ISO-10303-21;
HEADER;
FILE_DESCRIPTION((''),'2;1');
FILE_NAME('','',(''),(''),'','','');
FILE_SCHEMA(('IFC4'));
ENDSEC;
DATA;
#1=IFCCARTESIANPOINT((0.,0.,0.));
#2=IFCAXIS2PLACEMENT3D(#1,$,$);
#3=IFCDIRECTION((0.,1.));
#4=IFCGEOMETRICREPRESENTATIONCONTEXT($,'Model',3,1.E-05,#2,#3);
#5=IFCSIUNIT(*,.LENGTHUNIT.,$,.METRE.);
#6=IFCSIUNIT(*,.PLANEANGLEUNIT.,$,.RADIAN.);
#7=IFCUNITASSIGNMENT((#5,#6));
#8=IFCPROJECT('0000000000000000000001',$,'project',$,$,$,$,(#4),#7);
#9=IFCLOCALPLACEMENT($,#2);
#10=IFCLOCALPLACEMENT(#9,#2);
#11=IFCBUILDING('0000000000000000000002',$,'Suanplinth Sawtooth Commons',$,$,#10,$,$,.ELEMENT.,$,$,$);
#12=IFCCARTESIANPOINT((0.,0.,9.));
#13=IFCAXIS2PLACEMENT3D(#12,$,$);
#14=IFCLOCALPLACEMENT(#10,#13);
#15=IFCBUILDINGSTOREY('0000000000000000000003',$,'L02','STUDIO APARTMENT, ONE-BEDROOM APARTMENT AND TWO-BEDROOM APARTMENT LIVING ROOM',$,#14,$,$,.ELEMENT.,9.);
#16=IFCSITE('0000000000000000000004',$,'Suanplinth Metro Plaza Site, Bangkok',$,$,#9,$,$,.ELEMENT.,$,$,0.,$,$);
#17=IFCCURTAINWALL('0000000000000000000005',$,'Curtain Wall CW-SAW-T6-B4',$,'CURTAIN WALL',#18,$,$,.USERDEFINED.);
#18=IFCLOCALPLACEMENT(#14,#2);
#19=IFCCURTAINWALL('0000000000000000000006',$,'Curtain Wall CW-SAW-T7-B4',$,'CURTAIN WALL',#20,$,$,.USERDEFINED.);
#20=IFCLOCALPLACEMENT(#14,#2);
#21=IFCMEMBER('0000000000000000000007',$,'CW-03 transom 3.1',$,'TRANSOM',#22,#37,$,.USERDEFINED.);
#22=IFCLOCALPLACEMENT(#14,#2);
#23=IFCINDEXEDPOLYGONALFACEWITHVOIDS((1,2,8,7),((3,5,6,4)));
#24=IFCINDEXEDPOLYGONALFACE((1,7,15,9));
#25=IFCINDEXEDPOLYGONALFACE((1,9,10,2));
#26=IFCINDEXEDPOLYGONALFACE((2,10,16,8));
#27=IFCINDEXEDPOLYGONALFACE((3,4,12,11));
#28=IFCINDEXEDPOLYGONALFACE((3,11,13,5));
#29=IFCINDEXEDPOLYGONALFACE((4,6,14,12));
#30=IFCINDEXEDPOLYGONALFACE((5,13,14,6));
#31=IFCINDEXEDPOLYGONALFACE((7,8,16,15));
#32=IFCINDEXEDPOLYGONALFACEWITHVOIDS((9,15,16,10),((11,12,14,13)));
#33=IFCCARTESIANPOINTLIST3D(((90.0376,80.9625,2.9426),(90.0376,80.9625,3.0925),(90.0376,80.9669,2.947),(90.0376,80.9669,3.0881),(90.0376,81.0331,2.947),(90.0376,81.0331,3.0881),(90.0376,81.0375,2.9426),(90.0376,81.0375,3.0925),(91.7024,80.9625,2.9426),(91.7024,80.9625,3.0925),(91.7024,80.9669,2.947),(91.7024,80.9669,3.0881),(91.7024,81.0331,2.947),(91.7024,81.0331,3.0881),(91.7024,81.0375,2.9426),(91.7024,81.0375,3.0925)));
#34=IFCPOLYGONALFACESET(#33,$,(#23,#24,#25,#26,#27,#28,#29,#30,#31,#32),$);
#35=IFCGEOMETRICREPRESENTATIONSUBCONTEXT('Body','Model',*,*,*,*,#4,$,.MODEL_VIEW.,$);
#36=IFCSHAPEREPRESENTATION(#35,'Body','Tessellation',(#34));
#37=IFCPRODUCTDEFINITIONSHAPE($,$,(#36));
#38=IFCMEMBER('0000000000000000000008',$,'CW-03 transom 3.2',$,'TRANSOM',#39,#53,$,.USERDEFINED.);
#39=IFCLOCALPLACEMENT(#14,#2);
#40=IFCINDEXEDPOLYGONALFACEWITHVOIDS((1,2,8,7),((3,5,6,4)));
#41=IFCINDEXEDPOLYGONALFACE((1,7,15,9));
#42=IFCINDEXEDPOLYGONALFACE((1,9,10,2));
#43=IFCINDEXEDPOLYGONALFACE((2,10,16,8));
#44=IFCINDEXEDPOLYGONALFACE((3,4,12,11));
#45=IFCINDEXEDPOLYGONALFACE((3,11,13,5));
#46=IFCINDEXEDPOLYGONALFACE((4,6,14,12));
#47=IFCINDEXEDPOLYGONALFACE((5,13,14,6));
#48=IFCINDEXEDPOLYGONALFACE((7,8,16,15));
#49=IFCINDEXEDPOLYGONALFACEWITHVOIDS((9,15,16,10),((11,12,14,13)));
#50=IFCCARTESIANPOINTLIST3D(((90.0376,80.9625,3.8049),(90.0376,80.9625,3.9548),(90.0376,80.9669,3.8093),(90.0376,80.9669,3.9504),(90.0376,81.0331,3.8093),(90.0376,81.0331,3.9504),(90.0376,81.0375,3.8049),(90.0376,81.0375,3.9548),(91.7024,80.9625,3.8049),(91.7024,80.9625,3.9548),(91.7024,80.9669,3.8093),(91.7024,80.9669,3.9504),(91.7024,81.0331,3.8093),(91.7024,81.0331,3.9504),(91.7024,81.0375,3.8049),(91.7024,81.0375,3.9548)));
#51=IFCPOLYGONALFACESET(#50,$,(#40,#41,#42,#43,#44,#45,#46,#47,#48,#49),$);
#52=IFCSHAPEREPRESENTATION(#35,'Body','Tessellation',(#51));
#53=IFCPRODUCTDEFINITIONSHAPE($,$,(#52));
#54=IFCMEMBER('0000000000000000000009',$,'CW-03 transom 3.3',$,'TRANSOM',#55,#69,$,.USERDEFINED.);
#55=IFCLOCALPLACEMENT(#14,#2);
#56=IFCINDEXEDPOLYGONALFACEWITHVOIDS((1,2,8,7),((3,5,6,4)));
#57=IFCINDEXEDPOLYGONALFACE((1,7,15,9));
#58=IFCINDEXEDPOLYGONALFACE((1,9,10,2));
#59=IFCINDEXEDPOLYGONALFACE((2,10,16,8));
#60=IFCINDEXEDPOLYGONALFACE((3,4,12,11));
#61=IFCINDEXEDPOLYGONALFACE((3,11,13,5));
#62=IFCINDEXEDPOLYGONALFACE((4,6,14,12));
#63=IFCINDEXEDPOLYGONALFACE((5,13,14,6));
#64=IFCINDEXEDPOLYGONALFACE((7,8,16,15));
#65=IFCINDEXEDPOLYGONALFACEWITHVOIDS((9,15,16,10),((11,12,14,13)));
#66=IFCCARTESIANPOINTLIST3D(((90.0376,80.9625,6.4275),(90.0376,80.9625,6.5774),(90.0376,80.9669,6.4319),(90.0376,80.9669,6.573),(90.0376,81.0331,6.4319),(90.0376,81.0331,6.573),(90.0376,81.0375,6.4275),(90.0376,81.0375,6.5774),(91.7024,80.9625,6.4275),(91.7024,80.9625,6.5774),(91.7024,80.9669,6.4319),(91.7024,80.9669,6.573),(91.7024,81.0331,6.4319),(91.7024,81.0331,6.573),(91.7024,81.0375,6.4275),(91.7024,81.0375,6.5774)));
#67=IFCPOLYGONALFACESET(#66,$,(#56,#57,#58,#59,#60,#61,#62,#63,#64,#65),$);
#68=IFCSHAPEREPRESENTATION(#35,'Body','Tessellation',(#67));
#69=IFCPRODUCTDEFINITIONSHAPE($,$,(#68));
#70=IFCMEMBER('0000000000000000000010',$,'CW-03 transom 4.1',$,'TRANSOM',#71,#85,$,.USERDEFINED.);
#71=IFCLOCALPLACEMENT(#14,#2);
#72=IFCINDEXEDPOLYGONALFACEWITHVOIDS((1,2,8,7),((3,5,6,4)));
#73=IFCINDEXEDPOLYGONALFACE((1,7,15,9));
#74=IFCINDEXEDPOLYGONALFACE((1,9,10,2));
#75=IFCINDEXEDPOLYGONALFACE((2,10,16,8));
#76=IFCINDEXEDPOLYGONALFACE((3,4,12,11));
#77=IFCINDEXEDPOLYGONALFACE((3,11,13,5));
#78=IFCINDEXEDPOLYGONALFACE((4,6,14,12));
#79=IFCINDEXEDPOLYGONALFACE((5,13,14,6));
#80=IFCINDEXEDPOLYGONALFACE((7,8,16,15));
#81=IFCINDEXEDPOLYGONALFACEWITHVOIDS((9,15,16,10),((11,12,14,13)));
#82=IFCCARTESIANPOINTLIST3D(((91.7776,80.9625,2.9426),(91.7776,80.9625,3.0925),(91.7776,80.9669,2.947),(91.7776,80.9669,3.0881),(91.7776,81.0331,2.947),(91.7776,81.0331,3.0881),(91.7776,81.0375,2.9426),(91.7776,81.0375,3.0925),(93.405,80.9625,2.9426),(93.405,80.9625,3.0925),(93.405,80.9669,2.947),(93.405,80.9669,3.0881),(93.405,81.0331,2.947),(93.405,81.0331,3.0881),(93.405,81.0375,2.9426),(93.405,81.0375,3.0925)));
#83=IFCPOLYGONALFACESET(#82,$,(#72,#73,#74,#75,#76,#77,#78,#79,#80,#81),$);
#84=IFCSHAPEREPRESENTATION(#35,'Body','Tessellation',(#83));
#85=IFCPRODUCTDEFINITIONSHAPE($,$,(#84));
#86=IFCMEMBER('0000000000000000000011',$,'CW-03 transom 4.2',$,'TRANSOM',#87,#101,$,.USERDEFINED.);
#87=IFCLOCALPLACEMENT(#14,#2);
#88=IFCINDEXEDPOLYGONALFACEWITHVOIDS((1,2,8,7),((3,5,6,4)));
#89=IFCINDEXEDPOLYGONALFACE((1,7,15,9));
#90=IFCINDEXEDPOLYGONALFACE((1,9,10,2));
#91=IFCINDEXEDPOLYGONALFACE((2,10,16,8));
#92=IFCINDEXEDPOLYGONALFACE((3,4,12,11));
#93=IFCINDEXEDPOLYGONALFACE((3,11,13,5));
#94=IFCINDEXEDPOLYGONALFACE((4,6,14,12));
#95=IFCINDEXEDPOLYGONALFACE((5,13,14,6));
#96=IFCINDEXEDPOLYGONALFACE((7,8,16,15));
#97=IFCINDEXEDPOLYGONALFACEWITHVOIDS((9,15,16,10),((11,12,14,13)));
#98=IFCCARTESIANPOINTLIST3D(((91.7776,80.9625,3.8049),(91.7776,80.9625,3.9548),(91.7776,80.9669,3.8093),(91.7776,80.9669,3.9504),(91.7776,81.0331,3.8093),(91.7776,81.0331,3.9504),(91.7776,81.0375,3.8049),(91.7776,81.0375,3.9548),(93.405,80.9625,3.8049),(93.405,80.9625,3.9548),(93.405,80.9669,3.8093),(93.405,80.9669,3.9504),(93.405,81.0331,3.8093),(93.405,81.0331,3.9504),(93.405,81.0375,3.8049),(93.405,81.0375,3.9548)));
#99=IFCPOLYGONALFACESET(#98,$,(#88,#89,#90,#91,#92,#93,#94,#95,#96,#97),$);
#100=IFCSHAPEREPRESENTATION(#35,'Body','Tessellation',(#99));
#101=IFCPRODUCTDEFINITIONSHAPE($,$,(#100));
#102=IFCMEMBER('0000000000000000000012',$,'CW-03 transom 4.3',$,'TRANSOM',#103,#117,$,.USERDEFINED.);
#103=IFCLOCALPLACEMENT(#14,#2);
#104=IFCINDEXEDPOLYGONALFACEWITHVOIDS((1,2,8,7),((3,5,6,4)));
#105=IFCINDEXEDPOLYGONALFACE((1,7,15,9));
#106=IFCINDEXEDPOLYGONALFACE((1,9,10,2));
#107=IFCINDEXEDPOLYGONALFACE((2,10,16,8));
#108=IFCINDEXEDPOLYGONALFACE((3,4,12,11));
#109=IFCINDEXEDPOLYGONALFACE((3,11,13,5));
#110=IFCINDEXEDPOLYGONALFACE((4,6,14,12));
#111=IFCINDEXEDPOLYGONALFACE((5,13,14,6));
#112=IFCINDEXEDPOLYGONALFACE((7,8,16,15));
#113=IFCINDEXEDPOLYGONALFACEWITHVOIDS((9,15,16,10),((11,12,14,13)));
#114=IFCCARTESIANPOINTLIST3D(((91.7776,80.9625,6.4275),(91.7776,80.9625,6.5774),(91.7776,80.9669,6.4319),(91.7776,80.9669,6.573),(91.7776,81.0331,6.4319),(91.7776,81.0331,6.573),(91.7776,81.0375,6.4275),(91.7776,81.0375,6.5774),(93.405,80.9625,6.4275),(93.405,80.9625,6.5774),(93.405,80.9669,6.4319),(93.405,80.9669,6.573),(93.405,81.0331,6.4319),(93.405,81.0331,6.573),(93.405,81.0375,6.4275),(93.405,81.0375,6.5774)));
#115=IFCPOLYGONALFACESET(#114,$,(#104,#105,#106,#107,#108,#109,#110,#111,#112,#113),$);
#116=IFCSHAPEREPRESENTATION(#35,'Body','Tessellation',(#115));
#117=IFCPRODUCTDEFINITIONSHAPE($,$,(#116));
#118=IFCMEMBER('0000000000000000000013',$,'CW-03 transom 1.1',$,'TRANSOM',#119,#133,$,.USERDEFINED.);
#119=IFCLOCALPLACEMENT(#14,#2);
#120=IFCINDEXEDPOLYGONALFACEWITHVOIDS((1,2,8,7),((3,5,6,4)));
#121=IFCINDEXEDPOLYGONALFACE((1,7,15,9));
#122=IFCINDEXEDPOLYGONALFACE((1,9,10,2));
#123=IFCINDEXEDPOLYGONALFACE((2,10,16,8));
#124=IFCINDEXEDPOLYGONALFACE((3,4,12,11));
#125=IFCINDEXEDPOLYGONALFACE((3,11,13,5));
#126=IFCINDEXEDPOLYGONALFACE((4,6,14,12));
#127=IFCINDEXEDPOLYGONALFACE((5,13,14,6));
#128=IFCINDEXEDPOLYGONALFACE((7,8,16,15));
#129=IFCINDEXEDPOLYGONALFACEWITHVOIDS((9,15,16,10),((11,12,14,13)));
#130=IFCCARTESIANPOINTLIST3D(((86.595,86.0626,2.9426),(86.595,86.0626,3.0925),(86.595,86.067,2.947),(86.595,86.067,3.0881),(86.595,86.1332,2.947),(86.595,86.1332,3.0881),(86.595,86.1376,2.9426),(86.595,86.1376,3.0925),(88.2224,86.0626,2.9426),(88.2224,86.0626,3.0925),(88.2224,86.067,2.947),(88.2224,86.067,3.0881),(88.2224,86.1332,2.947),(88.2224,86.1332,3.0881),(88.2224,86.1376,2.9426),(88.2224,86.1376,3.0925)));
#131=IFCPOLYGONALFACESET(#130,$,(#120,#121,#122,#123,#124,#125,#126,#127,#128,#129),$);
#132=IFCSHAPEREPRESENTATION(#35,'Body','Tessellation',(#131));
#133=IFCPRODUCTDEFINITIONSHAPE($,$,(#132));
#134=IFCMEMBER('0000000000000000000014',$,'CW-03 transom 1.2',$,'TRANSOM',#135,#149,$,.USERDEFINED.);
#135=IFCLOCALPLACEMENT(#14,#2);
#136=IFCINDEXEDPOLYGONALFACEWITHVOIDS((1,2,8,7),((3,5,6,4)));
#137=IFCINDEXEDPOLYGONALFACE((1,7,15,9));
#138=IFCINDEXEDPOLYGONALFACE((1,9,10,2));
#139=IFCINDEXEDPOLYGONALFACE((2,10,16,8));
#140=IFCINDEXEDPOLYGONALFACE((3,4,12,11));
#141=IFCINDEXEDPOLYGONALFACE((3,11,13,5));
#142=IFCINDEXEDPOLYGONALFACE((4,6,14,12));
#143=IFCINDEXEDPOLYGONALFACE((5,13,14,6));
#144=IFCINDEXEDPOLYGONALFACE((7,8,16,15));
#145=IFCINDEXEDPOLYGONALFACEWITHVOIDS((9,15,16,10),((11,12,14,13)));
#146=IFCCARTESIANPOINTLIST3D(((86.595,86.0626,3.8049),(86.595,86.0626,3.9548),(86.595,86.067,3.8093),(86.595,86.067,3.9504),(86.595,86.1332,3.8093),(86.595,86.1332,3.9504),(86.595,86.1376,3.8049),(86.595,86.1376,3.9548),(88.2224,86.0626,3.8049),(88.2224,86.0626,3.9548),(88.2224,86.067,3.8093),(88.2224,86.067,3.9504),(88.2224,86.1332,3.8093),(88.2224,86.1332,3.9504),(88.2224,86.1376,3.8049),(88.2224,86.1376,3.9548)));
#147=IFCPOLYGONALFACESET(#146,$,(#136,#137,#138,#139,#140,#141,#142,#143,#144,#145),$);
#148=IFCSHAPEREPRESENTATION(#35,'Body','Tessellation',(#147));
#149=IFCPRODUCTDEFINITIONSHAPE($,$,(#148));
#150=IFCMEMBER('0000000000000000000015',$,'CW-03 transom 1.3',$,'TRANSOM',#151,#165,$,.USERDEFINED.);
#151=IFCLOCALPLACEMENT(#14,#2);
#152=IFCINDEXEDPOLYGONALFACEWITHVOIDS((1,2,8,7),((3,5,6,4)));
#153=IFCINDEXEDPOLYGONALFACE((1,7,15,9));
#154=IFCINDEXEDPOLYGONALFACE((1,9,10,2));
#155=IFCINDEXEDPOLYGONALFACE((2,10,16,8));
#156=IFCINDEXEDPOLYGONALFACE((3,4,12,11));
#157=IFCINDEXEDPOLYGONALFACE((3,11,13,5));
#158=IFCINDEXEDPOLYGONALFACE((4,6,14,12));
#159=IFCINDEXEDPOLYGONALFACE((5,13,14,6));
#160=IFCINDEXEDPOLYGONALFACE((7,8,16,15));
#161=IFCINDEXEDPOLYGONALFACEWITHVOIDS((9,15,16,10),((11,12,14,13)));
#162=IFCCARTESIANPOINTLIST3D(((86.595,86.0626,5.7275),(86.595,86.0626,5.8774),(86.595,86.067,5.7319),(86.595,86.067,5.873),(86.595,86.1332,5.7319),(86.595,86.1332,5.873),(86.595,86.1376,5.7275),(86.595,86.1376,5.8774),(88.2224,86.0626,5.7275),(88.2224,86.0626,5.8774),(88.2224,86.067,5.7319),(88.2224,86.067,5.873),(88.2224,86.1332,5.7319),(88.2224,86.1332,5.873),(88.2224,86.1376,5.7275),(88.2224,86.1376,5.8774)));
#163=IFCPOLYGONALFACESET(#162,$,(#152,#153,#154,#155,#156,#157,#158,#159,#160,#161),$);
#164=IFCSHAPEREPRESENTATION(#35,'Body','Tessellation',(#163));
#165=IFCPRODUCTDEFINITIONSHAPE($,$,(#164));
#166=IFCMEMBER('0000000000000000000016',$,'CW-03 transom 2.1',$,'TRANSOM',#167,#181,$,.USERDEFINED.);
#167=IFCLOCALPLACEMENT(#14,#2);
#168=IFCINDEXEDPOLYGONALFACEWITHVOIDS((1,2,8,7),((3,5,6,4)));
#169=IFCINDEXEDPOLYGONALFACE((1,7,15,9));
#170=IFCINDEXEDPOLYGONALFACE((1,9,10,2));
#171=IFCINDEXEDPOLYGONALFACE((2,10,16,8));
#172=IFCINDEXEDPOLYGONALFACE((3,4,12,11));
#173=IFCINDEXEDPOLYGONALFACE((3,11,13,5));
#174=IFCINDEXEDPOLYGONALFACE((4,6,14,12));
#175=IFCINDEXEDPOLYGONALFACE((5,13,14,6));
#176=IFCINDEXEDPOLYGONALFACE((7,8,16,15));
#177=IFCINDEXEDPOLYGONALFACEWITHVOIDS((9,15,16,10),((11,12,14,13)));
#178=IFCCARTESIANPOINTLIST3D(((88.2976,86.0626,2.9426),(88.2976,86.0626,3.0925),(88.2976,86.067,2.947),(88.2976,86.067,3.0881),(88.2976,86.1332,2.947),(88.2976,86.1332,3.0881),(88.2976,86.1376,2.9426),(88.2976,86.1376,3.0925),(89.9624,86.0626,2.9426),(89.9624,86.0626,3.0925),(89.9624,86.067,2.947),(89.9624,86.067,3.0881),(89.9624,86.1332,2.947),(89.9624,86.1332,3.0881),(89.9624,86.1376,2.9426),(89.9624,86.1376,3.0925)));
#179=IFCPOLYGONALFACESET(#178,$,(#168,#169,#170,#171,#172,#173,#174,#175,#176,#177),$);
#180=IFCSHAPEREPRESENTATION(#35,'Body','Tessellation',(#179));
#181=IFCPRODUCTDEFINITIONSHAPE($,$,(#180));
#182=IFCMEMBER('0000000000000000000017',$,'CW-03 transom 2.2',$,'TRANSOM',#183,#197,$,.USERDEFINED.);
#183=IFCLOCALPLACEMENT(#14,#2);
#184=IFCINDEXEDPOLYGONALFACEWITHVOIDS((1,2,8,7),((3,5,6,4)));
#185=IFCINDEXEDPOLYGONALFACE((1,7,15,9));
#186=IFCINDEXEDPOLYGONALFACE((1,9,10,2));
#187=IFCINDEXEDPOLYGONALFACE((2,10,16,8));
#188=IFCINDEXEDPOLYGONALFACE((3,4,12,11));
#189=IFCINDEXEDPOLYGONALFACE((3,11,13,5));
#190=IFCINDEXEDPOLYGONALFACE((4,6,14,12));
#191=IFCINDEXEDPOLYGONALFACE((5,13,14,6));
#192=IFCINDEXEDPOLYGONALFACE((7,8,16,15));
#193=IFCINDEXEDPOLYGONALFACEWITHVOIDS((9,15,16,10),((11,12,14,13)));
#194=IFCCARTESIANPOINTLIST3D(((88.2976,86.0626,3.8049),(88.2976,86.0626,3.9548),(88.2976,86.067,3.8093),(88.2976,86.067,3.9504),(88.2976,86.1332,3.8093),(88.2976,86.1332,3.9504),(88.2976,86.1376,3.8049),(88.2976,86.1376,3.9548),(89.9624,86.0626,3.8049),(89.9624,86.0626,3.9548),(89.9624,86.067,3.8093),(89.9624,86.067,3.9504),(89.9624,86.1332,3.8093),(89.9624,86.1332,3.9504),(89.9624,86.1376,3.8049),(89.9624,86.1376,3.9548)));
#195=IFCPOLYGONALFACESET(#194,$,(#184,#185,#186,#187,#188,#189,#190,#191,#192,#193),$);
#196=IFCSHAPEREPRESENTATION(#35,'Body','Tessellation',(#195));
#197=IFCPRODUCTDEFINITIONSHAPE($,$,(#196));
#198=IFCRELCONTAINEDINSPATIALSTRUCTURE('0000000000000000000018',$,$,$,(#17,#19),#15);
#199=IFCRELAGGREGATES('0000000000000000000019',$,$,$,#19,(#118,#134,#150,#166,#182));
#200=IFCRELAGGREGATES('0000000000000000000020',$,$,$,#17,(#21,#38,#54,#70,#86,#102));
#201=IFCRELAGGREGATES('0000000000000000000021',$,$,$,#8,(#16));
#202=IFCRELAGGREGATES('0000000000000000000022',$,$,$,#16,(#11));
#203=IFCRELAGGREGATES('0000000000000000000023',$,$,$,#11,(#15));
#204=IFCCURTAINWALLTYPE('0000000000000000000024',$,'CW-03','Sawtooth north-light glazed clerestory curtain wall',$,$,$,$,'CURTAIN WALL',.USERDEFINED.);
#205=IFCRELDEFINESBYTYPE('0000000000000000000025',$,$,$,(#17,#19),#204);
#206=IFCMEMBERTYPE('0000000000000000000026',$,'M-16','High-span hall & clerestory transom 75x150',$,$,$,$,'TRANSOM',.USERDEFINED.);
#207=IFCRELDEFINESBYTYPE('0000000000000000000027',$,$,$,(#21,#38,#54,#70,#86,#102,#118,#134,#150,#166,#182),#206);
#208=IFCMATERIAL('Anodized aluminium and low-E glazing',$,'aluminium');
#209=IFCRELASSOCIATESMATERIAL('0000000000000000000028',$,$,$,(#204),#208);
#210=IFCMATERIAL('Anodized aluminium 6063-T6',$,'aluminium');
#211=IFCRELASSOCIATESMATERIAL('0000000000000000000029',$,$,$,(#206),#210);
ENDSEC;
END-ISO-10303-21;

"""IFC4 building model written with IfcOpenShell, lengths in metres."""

from ifc_helpers import new_model, si_unit, direction, frame, origin, origin_2d, place, context, subcontext, project, spatial, hollow_rectangle, extrude, material, material_profile, profile_set, type_object, element, aggregate, save


model = new_model("IFC4")

# Units and contexts
model_context = context("Model", 3, precision=1e-05, world=origin(), true_north=direction((0.0, 1.0)))
body_context = subcontext(model_context, "Body", "Model", "MODEL_VIEW")
ifc_project = project(units=[si_unit("LENGTHUNIT", "METRE"), si_unit("PLANEANGLEUNIT", "RADIAN")], contexts=[model_context])

# Site, building, storey
site_placement = place(None, origin())
site = spatial("IfcSite", under=ifc_project, at=site_placement, Name="Suanplinth Metro Plaza Site, Bangkok", CompositionType="ELEMENT", RefElevation=0.0)
building_placement = place(site_placement, origin())
building = spatial("IfcBuilding", under=site, at=building_placement, Name="Suanplinth Sawtooth Commons", CompositionType="ELEMENT")
storey_placement = place(building_placement, frame((0.0, 0.0, 9.0)))
storey = spatial("IfcBuildingStorey", under=building, at=storey_placement, Name="L02", Description="STUDIO APARTMENT, ONE-BEDROOM APARTMENT AND TWO-BEDROOM APARTMENT LIVING ROOM", CompositionType="ELEMENT", Elevation=9.0)

# Curtain walls
ifc_material_1 = material(Name="Anodized aluminium and low-E glazing", Category="aluminium")
curtain_wall_type = type_object("IfcCurtainWallType", Name="CW-03", Description="Sawtooth north-light glazed clerestory curtain wall", ElementType="CURTAIN WALL", PredefinedType="USERDEFINED", material=ifc_material_1)
curtain_wall_1_placement = place(storey_placement, origin())
curtain_wall_1 = element("IfcCurtainWall", 1, at=curtain_wall_1_placement, inside=storey, type_object=curtain_wall_type, Name="Curtain Wall CW-SAW-T6-B4", ObjectType="CURTAIN WALL", PredefinedType="USERDEFINED")
ifc_material_2 = material(Name="Anodized aluminium 6063-T6", Category="aluminium")
curtain_wall_2_placement = place(storey_placement, origin())
curtain_wall_2 = element("IfcCurtainWall", 2, at=curtain_wall_2_placement, inside=storey, type_object=curtain_wall_type, Name="Curtain Wall CW-SAW-T7-B4", ObjectType="CURTAIN WALL", PredefinedType="USERDEFINED")

# Members
ifc_material_profile_1 = material_profile(ifc_material_2, hollow_rectangle(XDim=0.075, YDim=0.1499, WallThickness=0.0044, at=origin_2d()), Name="ALU-TRN 75x150")
ifc_profile_set_1 = profile_set([ifc_material_profile_1], Name="Anodized aluminium 6063-T6")
member_type_1 = type_object("IfcMemberType", Name="M-16", Description="High-span hall & clerestory transom 75x150", ElementType="TRANSOM", PredefinedType="USERDEFINED", material=ifc_profile_set_1)
member_1_placement = place(storey_placement, frame((90.0376, 81.0, 3.0176), z_axis=(1.0, 0.0, 0.0), x_axis=(0.0, 1.0, 0.0)))
member_1 = element("IfcMember", 3, at=member_1_placement, type_object=member_type_1, Name="CW-03 transom 3.1", ObjectType="TRANSOM", PredefinedType="USERDEFINED", context=body_context, shape_type="SweptSolid", body=[
    extrude(hollow_rectangle(XDim=0.075, YDim=0.1499, WallThickness=0.0044, at=origin_2d()), origin(), (0.0, 0.0, 1.0), 1.6648),
])
member_2_placement = place(storey_placement, frame((90.0376, 81.0, 3.8799), z_axis=(1.0, 0.0, 0.0), x_axis=(0.0, 1.0, 0.0)))
member_2 = element("IfcMember", 4, at=member_2_placement, type_object=member_type_1, Name="CW-03 transom 3.2", ObjectType="TRANSOM", PredefinedType="USERDEFINED", context=body_context, shape_type="SweptSolid", body=[
    extrude(hollow_rectangle(XDim=0.075, YDim=0.1499, WallThickness=0.0044, at=origin_2d()), origin(), (0.0, 0.0, 1.0), 1.6648),
])
member_3_placement = place(storey_placement, frame((90.0376, 81.0, 6.5024), z_axis=(1.0, 0.0, 0.0), x_axis=(0.0, 1.0, 0.0)))
member_3 = element("IfcMember", 5, at=member_3_placement, type_object=member_type_1, Name="CW-03 transom 3.3", ObjectType="TRANSOM", PredefinedType="USERDEFINED", context=body_context, shape_type="SweptSolid", body=[
    extrude(hollow_rectangle(XDim=0.075, YDim=0.1499, WallThickness=0.0044, at=origin_2d()), origin(), (0.0, 0.0, 1.0), 1.6648),
])
member_4_placement = place(storey_placement, frame((91.7776, 81.0, 3.0176), z_axis=(1.0, 0.0, 0.0), x_axis=(0.0, 1.0, 0.0)))
member_4 = element("IfcMember", 6, at=member_4_placement, type_object=member_type_1, Name="CW-03 transom 4.1", ObjectType="TRANSOM", PredefinedType="USERDEFINED", context=body_context, shape_type="SweptSolid", body=[
    extrude(hollow_rectangle(XDim=0.075, YDim=0.1499, WallThickness=0.0044, at=origin_2d()), origin(), (0.0, 0.0, 1.0), 1.6274),
])
member_5_placement = place(storey_placement, frame((91.7776, 81.0, 3.8799), z_axis=(1.0, 0.0, 0.0), x_axis=(0.0, 1.0, 0.0)))
member_5 = element("IfcMember", 7, at=member_5_placement, type_object=member_type_1, Name="CW-03 transom 4.2", ObjectType="TRANSOM", PredefinedType="USERDEFINED", context=body_context, shape_type="SweptSolid", body=[
    extrude(hollow_rectangle(XDim=0.075, YDim=0.1499, WallThickness=0.0044, at=origin_2d()), origin(), (0.0, 0.0, 1.0), 1.6274),
])
member_6_placement = place(storey_placement, frame((91.7776, 81.0, 6.5024), z_axis=(1.0, 0.0, 0.0), x_axis=(0.0, 1.0, 0.0)))
member_6 = element("IfcMember", 8, at=member_6_placement, type_object=member_type_1, Name="CW-03 transom 4.3", ObjectType="TRANSOM", PredefinedType="USERDEFINED", context=body_context, shape_type="SweptSolid", body=[
    extrude(hollow_rectangle(XDim=0.075, YDim=0.1499, WallThickness=0.0044, at=origin_2d()), origin(), (0.0, 0.0, 1.0), 1.6274),
])
member_7_placement = place(storey_placement, frame((86.595, 86.1001, 3.0176), z_axis=(1.0, 0.0, 0.0), x_axis=(0.0, 1.0, 0.0)))
member_7 = element("IfcMember", 9, at=member_7_placement, type_object=member_type_1, Name="CW-03 transom 1.1", ObjectType="TRANSOM", PredefinedType="USERDEFINED", context=body_context, shape_type="SweptSolid", body=[
    extrude(hollow_rectangle(XDim=0.075, YDim=0.1499, WallThickness=0.0044, at=origin_2d()), origin(), (0.0, 0.0, 1.0), 1.6274),
])
member_8_placement = place(storey_placement, frame((86.595, 86.1001, 3.8799), z_axis=(1.0, 0.0, 0.0), x_axis=(0.0, 1.0, 0.0)))
member_8 = element("IfcMember", 10, at=member_8_placement, type_object=member_type_1, Name="CW-03 transom 1.2", ObjectType="TRANSOM", PredefinedType="USERDEFINED", context=body_context, shape_type="SweptSolid", body=[
    extrude(hollow_rectangle(XDim=0.075, YDim=0.1499, WallThickness=0.0044, at=origin_2d()), origin(), (0.0, 0.0, 1.0), 1.6274),
])
member_9_placement = place(storey_placement, frame((86.595, 86.1001, 5.8025), z_axis=(1.0, 0.0, 0.0), x_axis=(0.0, 1.0, 0.0)))
member_9 = element("IfcMember", 11, at=member_9_placement, type_object=member_type_1, Name="CW-03 transom 1.3", ObjectType="TRANSOM", PredefinedType="USERDEFINED", context=body_context, shape_type="SweptSolid", body=[
    extrude(hollow_rectangle(XDim=0.075, YDim=0.1499, WallThickness=0.0044, at=origin_2d()), origin(), (0.0, 0.0, 1.0), 1.6274),
])
member_10_placement = place(storey_placement, frame((88.2976, 86.1001, 3.0176), z_axis=(1.0, 0.0, 0.0), x_axis=(0.0, 1.0, 0.0)))
member_10 = element("IfcMember", 12, at=member_10_placement, type_object=member_type_1, Name="CW-03 transom 2.1", ObjectType="TRANSOM", PredefinedType="USERDEFINED", context=body_context, shape_type="SweptSolid", body=[
    extrude(hollow_rectangle(XDim=0.075, YDim=0.1499, WallThickness=0.0044, at=origin_2d()), origin(), (0.0, 0.0, 1.0), 1.6648),
])
member_11_placement = place(storey_placement, frame((88.2976, 86.1001, 3.8799), z_axis=(1.0, 0.0, 0.0), x_axis=(0.0, 1.0, 0.0)))
member_11 = element("IfcMember", 13, at=member_11_placement, type_object=member_type_1, Name="CW-03 transom 2.2", ObjectType="TRANSOM", PredefinedType="USERDEFINED", context=body_context, shape_type="SweptSolid", body=[
    extrude(hollow_rectangle(XDim=0.075, YDim=0.1499, WallThickness=0.0044, at=origin_2d()), origin(), (0.0, 0.0, 1.0), 1.6648),
])

aggregate(curtain_wall_2, [member_7, member_8, member_9, member_10, member_11])
aggregate(curtain_wall_1, [member_1, member_2, member_3, member_4, member_5, member_6])

save(model, "model.ifc")
